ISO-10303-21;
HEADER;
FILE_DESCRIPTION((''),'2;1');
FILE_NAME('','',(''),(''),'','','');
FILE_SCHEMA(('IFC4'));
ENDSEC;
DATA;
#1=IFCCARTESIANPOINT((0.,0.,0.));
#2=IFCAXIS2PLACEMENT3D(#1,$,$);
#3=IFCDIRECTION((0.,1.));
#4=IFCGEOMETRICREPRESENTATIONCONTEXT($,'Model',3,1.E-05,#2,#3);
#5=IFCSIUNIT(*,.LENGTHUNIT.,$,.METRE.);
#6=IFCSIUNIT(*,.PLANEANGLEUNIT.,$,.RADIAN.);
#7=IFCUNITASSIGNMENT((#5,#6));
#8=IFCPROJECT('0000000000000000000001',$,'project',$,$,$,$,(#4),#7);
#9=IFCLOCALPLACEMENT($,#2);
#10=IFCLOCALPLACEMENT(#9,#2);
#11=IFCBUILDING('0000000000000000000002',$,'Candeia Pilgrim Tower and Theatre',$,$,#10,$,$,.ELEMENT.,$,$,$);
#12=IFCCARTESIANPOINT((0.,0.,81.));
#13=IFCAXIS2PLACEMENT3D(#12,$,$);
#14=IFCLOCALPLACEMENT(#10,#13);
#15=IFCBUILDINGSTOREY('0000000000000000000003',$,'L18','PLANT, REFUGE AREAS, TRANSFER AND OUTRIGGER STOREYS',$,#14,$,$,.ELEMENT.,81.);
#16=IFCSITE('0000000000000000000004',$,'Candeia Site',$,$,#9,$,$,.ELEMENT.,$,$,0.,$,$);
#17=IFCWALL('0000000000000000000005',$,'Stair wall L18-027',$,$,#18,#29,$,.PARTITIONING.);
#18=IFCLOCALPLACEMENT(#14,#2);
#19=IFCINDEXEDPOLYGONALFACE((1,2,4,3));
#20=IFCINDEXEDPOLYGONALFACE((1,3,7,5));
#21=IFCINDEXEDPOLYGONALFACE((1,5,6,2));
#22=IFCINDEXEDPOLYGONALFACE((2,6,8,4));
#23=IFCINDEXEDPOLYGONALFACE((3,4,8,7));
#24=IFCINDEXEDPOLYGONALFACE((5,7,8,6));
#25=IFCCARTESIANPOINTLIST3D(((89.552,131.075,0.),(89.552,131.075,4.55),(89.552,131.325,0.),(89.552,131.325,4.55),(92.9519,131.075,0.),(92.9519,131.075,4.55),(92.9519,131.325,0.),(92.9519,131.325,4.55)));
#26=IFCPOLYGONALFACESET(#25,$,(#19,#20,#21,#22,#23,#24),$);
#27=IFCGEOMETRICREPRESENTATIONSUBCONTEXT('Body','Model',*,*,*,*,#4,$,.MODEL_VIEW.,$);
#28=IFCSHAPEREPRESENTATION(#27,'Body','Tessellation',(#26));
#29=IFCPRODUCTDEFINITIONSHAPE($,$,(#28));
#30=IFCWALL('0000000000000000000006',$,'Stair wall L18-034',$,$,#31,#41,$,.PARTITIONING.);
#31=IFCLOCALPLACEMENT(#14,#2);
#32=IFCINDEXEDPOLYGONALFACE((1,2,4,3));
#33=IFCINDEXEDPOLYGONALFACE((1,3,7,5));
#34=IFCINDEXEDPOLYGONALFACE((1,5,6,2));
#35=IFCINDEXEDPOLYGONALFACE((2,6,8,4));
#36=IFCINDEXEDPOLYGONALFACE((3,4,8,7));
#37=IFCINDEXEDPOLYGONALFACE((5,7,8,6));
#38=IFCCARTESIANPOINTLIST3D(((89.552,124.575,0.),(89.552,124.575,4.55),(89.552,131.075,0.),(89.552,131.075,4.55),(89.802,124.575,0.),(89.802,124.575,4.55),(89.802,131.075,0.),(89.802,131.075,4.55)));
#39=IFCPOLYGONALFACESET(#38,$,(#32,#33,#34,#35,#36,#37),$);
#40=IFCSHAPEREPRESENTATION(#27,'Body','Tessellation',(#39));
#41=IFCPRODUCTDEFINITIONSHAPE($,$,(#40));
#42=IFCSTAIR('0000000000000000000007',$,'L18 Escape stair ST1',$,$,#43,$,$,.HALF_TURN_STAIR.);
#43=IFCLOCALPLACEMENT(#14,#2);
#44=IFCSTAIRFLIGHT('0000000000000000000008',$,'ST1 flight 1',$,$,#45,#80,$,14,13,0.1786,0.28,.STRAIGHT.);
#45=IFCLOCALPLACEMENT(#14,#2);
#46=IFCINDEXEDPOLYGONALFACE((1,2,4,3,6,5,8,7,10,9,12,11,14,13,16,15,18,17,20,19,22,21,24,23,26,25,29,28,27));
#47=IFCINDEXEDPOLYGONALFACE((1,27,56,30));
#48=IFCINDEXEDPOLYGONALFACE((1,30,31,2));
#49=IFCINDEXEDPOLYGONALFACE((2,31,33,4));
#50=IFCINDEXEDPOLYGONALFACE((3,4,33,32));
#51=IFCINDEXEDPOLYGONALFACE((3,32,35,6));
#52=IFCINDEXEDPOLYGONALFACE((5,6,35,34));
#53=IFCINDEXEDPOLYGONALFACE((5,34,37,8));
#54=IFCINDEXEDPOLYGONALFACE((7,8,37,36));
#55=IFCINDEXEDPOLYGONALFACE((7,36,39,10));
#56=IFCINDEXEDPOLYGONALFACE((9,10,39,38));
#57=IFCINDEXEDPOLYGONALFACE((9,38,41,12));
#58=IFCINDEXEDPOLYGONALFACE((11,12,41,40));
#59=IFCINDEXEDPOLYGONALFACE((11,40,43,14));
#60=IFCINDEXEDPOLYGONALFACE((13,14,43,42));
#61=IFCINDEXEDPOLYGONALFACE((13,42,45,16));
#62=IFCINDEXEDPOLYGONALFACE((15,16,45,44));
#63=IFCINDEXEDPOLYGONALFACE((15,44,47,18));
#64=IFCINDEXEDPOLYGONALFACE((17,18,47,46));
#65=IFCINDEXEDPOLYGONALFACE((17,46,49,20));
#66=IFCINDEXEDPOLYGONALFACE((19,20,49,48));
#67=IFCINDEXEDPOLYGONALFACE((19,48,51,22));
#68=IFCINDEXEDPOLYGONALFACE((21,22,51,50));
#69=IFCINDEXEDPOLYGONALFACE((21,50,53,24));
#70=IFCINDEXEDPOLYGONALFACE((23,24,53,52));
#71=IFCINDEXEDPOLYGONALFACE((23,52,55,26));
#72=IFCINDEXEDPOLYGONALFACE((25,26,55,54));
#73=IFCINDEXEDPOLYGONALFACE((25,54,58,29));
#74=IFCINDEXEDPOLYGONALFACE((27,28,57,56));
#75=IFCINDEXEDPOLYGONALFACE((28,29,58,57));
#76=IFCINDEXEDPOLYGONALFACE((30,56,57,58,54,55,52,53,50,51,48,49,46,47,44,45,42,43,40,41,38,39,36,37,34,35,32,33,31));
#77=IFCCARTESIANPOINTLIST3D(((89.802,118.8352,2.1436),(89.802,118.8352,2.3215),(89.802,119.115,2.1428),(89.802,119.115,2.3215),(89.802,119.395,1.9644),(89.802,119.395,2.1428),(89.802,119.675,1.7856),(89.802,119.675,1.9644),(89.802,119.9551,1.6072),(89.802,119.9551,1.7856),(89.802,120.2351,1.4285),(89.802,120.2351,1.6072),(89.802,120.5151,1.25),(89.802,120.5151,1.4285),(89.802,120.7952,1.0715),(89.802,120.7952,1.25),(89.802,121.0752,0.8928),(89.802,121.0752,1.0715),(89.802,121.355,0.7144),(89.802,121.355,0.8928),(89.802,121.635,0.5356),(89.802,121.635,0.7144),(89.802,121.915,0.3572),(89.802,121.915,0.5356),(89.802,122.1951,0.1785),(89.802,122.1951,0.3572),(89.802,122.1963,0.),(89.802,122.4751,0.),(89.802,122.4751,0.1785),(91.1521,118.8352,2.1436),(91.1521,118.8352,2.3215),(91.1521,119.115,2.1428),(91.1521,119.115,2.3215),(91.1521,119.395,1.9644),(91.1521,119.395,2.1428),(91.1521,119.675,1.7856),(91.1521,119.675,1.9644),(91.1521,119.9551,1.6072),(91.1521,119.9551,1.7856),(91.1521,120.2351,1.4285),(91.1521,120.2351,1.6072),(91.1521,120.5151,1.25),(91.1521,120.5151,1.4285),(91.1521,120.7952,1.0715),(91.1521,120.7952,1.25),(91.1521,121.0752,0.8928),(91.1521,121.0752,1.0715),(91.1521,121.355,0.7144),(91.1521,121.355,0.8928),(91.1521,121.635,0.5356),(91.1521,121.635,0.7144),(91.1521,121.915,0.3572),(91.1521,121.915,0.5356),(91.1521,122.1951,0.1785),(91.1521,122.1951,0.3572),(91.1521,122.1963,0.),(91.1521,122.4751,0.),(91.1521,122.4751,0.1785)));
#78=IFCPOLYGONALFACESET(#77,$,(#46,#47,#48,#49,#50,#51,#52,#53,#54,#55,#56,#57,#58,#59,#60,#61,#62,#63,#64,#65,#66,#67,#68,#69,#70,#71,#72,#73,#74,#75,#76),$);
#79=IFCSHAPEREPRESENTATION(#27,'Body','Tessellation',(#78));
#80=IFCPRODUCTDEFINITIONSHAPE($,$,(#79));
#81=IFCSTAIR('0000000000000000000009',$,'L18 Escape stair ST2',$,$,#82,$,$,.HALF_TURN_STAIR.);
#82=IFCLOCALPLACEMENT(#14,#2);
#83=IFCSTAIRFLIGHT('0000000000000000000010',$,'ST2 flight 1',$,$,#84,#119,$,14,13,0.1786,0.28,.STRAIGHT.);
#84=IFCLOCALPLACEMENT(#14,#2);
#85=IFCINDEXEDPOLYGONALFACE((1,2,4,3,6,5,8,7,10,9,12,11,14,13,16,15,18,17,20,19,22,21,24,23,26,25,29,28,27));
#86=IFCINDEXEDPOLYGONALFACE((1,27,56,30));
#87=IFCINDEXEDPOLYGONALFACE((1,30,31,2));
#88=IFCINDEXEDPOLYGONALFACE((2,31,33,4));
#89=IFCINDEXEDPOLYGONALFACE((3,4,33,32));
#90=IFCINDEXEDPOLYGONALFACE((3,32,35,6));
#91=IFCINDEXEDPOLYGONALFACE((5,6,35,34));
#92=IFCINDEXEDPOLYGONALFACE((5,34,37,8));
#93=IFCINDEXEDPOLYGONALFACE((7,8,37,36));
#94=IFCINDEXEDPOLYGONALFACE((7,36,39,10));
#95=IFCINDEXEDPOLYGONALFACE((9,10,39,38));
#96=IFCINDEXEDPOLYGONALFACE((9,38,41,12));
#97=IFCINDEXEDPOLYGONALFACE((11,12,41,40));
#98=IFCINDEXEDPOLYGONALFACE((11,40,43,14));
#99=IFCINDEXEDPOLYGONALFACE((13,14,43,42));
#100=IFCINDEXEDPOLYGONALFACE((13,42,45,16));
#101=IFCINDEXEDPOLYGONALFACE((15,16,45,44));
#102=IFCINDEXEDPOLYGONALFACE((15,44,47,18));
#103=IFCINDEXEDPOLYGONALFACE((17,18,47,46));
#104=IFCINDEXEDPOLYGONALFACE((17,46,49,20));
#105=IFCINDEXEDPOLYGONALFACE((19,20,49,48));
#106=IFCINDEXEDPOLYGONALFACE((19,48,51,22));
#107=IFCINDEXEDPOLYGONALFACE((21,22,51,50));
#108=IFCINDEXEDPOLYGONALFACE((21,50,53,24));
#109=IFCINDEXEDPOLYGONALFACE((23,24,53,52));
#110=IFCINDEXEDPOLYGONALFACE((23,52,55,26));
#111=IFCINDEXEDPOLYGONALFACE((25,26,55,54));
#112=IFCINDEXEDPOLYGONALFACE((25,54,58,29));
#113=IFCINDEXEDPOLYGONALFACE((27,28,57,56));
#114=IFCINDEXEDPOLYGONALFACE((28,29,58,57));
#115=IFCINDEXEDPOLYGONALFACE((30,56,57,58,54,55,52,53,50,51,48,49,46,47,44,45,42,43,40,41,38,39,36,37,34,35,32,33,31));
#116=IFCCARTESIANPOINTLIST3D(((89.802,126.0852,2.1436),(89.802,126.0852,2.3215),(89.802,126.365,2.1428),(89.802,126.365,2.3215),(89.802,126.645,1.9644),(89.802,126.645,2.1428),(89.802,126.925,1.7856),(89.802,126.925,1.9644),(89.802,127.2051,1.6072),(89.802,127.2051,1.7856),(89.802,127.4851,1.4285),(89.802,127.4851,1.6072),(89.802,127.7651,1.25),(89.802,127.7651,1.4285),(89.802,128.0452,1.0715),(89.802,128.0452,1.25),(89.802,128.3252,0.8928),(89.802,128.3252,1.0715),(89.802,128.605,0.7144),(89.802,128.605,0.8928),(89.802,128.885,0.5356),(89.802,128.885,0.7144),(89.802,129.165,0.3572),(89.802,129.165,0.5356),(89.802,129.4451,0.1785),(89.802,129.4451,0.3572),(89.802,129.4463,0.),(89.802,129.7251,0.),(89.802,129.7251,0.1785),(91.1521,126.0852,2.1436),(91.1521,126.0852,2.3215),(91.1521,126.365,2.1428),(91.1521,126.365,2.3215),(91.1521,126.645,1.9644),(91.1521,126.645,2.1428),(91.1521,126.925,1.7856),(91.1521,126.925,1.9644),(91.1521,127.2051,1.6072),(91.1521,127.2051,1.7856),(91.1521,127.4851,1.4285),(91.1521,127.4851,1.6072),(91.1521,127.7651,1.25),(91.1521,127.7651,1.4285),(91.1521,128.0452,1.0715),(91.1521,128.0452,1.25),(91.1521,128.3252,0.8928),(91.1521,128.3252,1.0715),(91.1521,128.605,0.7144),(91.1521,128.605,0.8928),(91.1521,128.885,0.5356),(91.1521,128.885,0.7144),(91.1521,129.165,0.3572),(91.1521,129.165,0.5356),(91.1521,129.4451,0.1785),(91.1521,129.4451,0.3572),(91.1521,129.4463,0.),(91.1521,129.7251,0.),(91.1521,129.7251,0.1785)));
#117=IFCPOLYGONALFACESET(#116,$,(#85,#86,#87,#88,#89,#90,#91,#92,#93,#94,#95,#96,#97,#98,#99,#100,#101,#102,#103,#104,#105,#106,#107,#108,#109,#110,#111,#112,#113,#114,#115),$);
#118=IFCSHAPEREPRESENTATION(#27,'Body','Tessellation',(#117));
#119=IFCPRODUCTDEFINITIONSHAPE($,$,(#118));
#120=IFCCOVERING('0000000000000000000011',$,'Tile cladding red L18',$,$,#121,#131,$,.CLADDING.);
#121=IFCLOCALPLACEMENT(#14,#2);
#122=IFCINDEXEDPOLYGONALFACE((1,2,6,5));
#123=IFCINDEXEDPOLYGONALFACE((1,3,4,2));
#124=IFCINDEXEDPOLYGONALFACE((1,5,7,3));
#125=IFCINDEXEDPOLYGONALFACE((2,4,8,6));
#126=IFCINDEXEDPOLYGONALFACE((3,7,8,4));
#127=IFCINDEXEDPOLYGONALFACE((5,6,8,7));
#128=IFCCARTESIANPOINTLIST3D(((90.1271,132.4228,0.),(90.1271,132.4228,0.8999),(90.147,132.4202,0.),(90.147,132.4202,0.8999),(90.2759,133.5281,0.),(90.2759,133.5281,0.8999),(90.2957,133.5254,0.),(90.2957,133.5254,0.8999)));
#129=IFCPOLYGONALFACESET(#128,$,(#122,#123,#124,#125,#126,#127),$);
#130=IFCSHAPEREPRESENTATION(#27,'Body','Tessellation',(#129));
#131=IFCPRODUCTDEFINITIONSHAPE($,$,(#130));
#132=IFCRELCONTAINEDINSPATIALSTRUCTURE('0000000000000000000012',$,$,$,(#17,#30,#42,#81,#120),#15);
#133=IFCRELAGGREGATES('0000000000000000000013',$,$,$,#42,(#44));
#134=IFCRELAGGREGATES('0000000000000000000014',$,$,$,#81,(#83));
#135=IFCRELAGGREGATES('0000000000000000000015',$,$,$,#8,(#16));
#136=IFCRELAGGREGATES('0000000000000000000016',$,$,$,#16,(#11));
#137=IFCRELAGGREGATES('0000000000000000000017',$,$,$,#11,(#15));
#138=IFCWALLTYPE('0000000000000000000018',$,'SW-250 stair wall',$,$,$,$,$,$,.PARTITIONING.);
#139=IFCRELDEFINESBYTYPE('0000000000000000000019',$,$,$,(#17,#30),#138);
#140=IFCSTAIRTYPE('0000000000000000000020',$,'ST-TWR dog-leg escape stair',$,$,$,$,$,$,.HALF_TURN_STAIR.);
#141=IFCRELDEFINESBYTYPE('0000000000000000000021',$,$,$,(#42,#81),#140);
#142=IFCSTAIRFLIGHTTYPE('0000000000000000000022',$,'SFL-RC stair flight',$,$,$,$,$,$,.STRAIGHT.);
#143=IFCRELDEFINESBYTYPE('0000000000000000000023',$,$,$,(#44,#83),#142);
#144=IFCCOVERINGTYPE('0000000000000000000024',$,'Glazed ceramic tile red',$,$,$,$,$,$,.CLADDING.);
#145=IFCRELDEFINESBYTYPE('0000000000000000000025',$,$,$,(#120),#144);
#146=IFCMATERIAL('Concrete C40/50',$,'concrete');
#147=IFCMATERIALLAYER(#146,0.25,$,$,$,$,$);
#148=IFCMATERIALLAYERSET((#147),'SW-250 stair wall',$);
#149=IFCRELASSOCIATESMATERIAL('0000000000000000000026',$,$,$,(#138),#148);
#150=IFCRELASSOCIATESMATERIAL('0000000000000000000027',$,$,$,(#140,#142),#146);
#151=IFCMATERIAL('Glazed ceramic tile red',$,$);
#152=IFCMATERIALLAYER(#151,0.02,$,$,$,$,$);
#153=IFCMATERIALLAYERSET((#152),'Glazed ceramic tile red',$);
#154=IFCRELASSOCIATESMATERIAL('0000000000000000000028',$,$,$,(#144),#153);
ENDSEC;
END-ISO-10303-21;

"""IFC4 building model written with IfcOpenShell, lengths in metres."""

from ifc_helpers import new_model, si_unit, direction, frame, frame_2d, origin, origin_2d, place, context, subcontext, project, spatial, polyline, rectangle, outline, extrude, material, layer, layer_set, type_object, element, aggregate, save


model = new_model("IFC4")

# Units and contexts
model_context = context("Model", 3, precision=1e-05, world=origin(), true_north=direction((0.0, 1.0)))
body_context = subcontext(model_context, "Body", "Model", "MODEL_VIEW")
ifc_project = project(units=[si_unit("LENGTHUNIT", "METRE"), si_unit("PLANEANGLEUNIT", "RADIAN")], contexts=[model_context])

# Site, building, storey
site_placement = place(None, origin())
site = spatial("IfcSite", under=ifc_project, at=site_placement, Name="Candeia Site", CompositionType="ELEMENT", RefElevation=0.0)
building_placement = place(site_placement, origin())
building = spatial("IfcBuilding", under=site, at=building_placement, Name="Candeia Pilgrim Tower and Theatre", CompositionType="ELEMENT")
storey_placement = place(building_placement, frame((0.0, 0.0, 81.0)))
storey = spatial("IfcBuildingStorey", under=building, at=storey_placement, Name="L18", Description="PLANT, REFUGE AREAS, TRANSFER AND OUTRIGGER STOREYS", CompositionType="ELEMENT", Elevation=81.0)

# Walls
ifc_material_1 = material(Name="Concrete C40/50", Category="concrete")
ifc_layer_1 = layer(ifc_material_1, 0.25)
ifc_layer_set_1 = layer_set([ifc_layer_1], Name="SW-250 stair wall")
wall_type_1 = type_object("IfcWallType", Name="SW-250 stair wall", PredefinedType="PARTITIONING", material=ifc_layer_set_1)
for number, where, z_axis, x_axis, name in (
    (1, (89.552, 131.2, 0.0), (0.0, 0.0, 1.0), (1.0, 0.0, 0.0), "Stair wall L18-027"),
):
    element("IfcWall", number, at=place(storey_placement, frame(where, z_axis=z_axis, x_axis=x_axis)), inside=storey, type_object=wall_type_1, Name=name, PredefinedType="PARTITIONING", context=body_context, shape_type="SweptSolid", body=[
        extrude(rectangle(XDim=3.3999, YDim=0.25, at=frame_2d((1.7, 0.0))), origin(), (0.0, 0.0, 1.0), 4.55),
    ])
wall_1_placement = place(storey_placement, frame((89.677, 124.575, 0.0), z_axis=(0.0, 0.0, 1.0), x_axis=(0.0, 1.0, 0.0)))
element("IfcWall", 2, at=wall_1_placement, inside=storey, type_object=wall_type_1, Name="Stair wall L18-034", PredefinedType="PARTITIONING", context=body_context, shape_type="SweptSolid", body=[
    extrude(rectangle(XDim=6.5, YDim=0.25, at=frame_2d((3.25, 0.0))), origin(), (0.0, 0.0, 1.0), 4.55),
])

# Stairs, stair flights
stair_type = type_object("IfcStairType", Name="ST-TWR dog-leg escape stair", PredefinedType="HALF_TURN_STAIR", material=ifc_material_1)
stair_1_placement = place(storey_placement, origin())
stair_1 = element("IfcStair", 3, at=stair_1_placement, inside=storey, type_object=stair_type, Name="L18 Escape stair ST1", PredefinedType="HALF_TURN_STAIR")
stair_flight_type = type_object("IfcStairFlightType", Name="SFL-RC stair flight", PredefinedType="STRAIGHT", material=ifc_material_1)
stair_flight_1_placement = place(storey_placement, frame((90.4771, 122.4751, 0.0), z_axis=(0.0, 0.0, 1.0), x_axis=(0.0, -1.0, 0.0)))
stair_flight_1 = element("IfcStairFlight", 4, at=stair_flight_1_placement, type_object=stair_flight_type, Name="ST1 flight 1", NumberOfRisers=14, NumberOfTreads=13, PredefinedType="STRAIGHT", RiserHeight=0.1786, TreadLength=0.28, context=body_context, shape_type="SweptSolid", body=[
    extrude(outline(polyline([(0.0, 0.0), (0.0, 0.1785), (0.28, 0.1785), (0.28, 0.3572), (0.5601, 0.3572), (0.5601, 0.5356), (0.8401, 0.5356), (0.8401, 0.7144), (1.1201, 0.7144), (1.1201, 0.8928), (1.3999, 0.8928), (1.3999, 1.0715), (1.6799, 1.0715), (1.6799, 1.25), (1.96, 1.25), (1.96, 1.4285), (2.24, 1.4285), (2.24, 1.6072), (2.52, 1.6072), (2.52, 1.7856), (2.8, 1.7856), (2.8, 1.9644), (3.0801, 1.9644), (3.0801, 2.1428), (3.3601, 2.1428), (3.3601, 2.3215), (3.6399, 2.3215), (3.6399, 2.5), (3.6399, 2.1436), (0.2788, 0.0), (0.0, 0.0)])), frame((0.0, 0.675, 0.0), z_axis=(0.0, -1.0, 0.0), x_axis=(1.0, 0.0, 0.0)), (0.0, 0.0, 1.0), 1.3501),
])
aggregate(stair_1, [stair_flight_1])
stair_2_placement = place(storey_placement, origin())
stair_2 = element("IfcStair", 5, at=stair_2_placement, inside=storey, type_object=stair_type, Name="L18 Escape stair ST2", PredefinedType="HALF_TURN_STAIR")
stair_flight_2_placement = place(storey_placement, frame((90.4771, 129.7251, 0.0), z_axis=(0.0, 0.0, 1.0), x_axis=(0.0, -1.0, 0.0)))
stair_flight_2 = element("IfcStairFlight", 6, at=stair_flight_2_placement, type_object=stair_flight_type, Name="ST2 flight 1", NumberOfRisers=14, NumberOfTreads=13, PredefinedType="STRAIGHT", RiserHeight=0.1786, TreadLength=0.28, context=body_context, shape_type="SweptSolid", body=[
    extrude(outline(polyline([(0.0, 0.0), (0.0, 0.1785), (0.28, 0.1785), (0.28, 0.3572), (0.5601, 0.3572), (0.5601, 0.5356), (0.8401, 0.5356), (0.8401, 0.7144), (1.1201, 0.7144), (1.1201, 0.8928), (1.3999, 0.8928), (1.3999, 1.0715), (1.6799, 1.0715), (1.6799, 1.25), (1.96, 1.25), (1.96, 1.4285), (2.24, 1.4285), (2.24, 1.6072), (2.52, 1.6072), (2.52, 1.7856), (2.8, 1.7856), (2.8, 1.9644), (3.0801, 1.9644), (3.0801, 2.1428), (3.3601, 2.1428), (3.3601, 2.3215), (3.6399, 2.3215), (3.6399, 2.5), (3.6399, 2.1436), (0.2788, 0.0), (0.0, 0.0)])), frame((0.0, 0.675, 0.0), z_axis=(0.0, -1.0, 0.0), x_axis=(1.0, 0.0, 0.0)), (0.0, 0.0, 1.0), 1.3501),
])
aggregate(stair_2, [stair_flight_2])

# Covering
ifc_material_2 = material(Name="Glazed ceramic tile red")
ifc_layer_2 = layer(ifc_material_2, 0.02)
ifc_layer_set_2 = layer_set([ifc_layer_2], Name="Glazed ceramic tile red")
covering_type = type_object("IfcCoveringType", Name="Glazed ceramic tile red", PredefinedType="CLADDING", material=ifc_layer_set_2)
covering_placement = place(storey_placement, frame((90.2114, 132.9741, 0.0), z_axis=(0.0, 0.0, 1.0), x_axis=(-0.133412, -0.991061, 0.0)))
element("IfcCovering", 7, at=covering_placement, inside=storey, type_object=covering_type, Name="Tile cladding red L18", PredefinedType="CLADDING", context=body_context, shape_type="SweptSolid", body=[
    extrude(rectangle(XDim=1.1152, YDim=0.02, at=origin_2d()), origin(), (0.0, 0.0, 1.0), 0.8999),
])

save(model, "model.ifc")
